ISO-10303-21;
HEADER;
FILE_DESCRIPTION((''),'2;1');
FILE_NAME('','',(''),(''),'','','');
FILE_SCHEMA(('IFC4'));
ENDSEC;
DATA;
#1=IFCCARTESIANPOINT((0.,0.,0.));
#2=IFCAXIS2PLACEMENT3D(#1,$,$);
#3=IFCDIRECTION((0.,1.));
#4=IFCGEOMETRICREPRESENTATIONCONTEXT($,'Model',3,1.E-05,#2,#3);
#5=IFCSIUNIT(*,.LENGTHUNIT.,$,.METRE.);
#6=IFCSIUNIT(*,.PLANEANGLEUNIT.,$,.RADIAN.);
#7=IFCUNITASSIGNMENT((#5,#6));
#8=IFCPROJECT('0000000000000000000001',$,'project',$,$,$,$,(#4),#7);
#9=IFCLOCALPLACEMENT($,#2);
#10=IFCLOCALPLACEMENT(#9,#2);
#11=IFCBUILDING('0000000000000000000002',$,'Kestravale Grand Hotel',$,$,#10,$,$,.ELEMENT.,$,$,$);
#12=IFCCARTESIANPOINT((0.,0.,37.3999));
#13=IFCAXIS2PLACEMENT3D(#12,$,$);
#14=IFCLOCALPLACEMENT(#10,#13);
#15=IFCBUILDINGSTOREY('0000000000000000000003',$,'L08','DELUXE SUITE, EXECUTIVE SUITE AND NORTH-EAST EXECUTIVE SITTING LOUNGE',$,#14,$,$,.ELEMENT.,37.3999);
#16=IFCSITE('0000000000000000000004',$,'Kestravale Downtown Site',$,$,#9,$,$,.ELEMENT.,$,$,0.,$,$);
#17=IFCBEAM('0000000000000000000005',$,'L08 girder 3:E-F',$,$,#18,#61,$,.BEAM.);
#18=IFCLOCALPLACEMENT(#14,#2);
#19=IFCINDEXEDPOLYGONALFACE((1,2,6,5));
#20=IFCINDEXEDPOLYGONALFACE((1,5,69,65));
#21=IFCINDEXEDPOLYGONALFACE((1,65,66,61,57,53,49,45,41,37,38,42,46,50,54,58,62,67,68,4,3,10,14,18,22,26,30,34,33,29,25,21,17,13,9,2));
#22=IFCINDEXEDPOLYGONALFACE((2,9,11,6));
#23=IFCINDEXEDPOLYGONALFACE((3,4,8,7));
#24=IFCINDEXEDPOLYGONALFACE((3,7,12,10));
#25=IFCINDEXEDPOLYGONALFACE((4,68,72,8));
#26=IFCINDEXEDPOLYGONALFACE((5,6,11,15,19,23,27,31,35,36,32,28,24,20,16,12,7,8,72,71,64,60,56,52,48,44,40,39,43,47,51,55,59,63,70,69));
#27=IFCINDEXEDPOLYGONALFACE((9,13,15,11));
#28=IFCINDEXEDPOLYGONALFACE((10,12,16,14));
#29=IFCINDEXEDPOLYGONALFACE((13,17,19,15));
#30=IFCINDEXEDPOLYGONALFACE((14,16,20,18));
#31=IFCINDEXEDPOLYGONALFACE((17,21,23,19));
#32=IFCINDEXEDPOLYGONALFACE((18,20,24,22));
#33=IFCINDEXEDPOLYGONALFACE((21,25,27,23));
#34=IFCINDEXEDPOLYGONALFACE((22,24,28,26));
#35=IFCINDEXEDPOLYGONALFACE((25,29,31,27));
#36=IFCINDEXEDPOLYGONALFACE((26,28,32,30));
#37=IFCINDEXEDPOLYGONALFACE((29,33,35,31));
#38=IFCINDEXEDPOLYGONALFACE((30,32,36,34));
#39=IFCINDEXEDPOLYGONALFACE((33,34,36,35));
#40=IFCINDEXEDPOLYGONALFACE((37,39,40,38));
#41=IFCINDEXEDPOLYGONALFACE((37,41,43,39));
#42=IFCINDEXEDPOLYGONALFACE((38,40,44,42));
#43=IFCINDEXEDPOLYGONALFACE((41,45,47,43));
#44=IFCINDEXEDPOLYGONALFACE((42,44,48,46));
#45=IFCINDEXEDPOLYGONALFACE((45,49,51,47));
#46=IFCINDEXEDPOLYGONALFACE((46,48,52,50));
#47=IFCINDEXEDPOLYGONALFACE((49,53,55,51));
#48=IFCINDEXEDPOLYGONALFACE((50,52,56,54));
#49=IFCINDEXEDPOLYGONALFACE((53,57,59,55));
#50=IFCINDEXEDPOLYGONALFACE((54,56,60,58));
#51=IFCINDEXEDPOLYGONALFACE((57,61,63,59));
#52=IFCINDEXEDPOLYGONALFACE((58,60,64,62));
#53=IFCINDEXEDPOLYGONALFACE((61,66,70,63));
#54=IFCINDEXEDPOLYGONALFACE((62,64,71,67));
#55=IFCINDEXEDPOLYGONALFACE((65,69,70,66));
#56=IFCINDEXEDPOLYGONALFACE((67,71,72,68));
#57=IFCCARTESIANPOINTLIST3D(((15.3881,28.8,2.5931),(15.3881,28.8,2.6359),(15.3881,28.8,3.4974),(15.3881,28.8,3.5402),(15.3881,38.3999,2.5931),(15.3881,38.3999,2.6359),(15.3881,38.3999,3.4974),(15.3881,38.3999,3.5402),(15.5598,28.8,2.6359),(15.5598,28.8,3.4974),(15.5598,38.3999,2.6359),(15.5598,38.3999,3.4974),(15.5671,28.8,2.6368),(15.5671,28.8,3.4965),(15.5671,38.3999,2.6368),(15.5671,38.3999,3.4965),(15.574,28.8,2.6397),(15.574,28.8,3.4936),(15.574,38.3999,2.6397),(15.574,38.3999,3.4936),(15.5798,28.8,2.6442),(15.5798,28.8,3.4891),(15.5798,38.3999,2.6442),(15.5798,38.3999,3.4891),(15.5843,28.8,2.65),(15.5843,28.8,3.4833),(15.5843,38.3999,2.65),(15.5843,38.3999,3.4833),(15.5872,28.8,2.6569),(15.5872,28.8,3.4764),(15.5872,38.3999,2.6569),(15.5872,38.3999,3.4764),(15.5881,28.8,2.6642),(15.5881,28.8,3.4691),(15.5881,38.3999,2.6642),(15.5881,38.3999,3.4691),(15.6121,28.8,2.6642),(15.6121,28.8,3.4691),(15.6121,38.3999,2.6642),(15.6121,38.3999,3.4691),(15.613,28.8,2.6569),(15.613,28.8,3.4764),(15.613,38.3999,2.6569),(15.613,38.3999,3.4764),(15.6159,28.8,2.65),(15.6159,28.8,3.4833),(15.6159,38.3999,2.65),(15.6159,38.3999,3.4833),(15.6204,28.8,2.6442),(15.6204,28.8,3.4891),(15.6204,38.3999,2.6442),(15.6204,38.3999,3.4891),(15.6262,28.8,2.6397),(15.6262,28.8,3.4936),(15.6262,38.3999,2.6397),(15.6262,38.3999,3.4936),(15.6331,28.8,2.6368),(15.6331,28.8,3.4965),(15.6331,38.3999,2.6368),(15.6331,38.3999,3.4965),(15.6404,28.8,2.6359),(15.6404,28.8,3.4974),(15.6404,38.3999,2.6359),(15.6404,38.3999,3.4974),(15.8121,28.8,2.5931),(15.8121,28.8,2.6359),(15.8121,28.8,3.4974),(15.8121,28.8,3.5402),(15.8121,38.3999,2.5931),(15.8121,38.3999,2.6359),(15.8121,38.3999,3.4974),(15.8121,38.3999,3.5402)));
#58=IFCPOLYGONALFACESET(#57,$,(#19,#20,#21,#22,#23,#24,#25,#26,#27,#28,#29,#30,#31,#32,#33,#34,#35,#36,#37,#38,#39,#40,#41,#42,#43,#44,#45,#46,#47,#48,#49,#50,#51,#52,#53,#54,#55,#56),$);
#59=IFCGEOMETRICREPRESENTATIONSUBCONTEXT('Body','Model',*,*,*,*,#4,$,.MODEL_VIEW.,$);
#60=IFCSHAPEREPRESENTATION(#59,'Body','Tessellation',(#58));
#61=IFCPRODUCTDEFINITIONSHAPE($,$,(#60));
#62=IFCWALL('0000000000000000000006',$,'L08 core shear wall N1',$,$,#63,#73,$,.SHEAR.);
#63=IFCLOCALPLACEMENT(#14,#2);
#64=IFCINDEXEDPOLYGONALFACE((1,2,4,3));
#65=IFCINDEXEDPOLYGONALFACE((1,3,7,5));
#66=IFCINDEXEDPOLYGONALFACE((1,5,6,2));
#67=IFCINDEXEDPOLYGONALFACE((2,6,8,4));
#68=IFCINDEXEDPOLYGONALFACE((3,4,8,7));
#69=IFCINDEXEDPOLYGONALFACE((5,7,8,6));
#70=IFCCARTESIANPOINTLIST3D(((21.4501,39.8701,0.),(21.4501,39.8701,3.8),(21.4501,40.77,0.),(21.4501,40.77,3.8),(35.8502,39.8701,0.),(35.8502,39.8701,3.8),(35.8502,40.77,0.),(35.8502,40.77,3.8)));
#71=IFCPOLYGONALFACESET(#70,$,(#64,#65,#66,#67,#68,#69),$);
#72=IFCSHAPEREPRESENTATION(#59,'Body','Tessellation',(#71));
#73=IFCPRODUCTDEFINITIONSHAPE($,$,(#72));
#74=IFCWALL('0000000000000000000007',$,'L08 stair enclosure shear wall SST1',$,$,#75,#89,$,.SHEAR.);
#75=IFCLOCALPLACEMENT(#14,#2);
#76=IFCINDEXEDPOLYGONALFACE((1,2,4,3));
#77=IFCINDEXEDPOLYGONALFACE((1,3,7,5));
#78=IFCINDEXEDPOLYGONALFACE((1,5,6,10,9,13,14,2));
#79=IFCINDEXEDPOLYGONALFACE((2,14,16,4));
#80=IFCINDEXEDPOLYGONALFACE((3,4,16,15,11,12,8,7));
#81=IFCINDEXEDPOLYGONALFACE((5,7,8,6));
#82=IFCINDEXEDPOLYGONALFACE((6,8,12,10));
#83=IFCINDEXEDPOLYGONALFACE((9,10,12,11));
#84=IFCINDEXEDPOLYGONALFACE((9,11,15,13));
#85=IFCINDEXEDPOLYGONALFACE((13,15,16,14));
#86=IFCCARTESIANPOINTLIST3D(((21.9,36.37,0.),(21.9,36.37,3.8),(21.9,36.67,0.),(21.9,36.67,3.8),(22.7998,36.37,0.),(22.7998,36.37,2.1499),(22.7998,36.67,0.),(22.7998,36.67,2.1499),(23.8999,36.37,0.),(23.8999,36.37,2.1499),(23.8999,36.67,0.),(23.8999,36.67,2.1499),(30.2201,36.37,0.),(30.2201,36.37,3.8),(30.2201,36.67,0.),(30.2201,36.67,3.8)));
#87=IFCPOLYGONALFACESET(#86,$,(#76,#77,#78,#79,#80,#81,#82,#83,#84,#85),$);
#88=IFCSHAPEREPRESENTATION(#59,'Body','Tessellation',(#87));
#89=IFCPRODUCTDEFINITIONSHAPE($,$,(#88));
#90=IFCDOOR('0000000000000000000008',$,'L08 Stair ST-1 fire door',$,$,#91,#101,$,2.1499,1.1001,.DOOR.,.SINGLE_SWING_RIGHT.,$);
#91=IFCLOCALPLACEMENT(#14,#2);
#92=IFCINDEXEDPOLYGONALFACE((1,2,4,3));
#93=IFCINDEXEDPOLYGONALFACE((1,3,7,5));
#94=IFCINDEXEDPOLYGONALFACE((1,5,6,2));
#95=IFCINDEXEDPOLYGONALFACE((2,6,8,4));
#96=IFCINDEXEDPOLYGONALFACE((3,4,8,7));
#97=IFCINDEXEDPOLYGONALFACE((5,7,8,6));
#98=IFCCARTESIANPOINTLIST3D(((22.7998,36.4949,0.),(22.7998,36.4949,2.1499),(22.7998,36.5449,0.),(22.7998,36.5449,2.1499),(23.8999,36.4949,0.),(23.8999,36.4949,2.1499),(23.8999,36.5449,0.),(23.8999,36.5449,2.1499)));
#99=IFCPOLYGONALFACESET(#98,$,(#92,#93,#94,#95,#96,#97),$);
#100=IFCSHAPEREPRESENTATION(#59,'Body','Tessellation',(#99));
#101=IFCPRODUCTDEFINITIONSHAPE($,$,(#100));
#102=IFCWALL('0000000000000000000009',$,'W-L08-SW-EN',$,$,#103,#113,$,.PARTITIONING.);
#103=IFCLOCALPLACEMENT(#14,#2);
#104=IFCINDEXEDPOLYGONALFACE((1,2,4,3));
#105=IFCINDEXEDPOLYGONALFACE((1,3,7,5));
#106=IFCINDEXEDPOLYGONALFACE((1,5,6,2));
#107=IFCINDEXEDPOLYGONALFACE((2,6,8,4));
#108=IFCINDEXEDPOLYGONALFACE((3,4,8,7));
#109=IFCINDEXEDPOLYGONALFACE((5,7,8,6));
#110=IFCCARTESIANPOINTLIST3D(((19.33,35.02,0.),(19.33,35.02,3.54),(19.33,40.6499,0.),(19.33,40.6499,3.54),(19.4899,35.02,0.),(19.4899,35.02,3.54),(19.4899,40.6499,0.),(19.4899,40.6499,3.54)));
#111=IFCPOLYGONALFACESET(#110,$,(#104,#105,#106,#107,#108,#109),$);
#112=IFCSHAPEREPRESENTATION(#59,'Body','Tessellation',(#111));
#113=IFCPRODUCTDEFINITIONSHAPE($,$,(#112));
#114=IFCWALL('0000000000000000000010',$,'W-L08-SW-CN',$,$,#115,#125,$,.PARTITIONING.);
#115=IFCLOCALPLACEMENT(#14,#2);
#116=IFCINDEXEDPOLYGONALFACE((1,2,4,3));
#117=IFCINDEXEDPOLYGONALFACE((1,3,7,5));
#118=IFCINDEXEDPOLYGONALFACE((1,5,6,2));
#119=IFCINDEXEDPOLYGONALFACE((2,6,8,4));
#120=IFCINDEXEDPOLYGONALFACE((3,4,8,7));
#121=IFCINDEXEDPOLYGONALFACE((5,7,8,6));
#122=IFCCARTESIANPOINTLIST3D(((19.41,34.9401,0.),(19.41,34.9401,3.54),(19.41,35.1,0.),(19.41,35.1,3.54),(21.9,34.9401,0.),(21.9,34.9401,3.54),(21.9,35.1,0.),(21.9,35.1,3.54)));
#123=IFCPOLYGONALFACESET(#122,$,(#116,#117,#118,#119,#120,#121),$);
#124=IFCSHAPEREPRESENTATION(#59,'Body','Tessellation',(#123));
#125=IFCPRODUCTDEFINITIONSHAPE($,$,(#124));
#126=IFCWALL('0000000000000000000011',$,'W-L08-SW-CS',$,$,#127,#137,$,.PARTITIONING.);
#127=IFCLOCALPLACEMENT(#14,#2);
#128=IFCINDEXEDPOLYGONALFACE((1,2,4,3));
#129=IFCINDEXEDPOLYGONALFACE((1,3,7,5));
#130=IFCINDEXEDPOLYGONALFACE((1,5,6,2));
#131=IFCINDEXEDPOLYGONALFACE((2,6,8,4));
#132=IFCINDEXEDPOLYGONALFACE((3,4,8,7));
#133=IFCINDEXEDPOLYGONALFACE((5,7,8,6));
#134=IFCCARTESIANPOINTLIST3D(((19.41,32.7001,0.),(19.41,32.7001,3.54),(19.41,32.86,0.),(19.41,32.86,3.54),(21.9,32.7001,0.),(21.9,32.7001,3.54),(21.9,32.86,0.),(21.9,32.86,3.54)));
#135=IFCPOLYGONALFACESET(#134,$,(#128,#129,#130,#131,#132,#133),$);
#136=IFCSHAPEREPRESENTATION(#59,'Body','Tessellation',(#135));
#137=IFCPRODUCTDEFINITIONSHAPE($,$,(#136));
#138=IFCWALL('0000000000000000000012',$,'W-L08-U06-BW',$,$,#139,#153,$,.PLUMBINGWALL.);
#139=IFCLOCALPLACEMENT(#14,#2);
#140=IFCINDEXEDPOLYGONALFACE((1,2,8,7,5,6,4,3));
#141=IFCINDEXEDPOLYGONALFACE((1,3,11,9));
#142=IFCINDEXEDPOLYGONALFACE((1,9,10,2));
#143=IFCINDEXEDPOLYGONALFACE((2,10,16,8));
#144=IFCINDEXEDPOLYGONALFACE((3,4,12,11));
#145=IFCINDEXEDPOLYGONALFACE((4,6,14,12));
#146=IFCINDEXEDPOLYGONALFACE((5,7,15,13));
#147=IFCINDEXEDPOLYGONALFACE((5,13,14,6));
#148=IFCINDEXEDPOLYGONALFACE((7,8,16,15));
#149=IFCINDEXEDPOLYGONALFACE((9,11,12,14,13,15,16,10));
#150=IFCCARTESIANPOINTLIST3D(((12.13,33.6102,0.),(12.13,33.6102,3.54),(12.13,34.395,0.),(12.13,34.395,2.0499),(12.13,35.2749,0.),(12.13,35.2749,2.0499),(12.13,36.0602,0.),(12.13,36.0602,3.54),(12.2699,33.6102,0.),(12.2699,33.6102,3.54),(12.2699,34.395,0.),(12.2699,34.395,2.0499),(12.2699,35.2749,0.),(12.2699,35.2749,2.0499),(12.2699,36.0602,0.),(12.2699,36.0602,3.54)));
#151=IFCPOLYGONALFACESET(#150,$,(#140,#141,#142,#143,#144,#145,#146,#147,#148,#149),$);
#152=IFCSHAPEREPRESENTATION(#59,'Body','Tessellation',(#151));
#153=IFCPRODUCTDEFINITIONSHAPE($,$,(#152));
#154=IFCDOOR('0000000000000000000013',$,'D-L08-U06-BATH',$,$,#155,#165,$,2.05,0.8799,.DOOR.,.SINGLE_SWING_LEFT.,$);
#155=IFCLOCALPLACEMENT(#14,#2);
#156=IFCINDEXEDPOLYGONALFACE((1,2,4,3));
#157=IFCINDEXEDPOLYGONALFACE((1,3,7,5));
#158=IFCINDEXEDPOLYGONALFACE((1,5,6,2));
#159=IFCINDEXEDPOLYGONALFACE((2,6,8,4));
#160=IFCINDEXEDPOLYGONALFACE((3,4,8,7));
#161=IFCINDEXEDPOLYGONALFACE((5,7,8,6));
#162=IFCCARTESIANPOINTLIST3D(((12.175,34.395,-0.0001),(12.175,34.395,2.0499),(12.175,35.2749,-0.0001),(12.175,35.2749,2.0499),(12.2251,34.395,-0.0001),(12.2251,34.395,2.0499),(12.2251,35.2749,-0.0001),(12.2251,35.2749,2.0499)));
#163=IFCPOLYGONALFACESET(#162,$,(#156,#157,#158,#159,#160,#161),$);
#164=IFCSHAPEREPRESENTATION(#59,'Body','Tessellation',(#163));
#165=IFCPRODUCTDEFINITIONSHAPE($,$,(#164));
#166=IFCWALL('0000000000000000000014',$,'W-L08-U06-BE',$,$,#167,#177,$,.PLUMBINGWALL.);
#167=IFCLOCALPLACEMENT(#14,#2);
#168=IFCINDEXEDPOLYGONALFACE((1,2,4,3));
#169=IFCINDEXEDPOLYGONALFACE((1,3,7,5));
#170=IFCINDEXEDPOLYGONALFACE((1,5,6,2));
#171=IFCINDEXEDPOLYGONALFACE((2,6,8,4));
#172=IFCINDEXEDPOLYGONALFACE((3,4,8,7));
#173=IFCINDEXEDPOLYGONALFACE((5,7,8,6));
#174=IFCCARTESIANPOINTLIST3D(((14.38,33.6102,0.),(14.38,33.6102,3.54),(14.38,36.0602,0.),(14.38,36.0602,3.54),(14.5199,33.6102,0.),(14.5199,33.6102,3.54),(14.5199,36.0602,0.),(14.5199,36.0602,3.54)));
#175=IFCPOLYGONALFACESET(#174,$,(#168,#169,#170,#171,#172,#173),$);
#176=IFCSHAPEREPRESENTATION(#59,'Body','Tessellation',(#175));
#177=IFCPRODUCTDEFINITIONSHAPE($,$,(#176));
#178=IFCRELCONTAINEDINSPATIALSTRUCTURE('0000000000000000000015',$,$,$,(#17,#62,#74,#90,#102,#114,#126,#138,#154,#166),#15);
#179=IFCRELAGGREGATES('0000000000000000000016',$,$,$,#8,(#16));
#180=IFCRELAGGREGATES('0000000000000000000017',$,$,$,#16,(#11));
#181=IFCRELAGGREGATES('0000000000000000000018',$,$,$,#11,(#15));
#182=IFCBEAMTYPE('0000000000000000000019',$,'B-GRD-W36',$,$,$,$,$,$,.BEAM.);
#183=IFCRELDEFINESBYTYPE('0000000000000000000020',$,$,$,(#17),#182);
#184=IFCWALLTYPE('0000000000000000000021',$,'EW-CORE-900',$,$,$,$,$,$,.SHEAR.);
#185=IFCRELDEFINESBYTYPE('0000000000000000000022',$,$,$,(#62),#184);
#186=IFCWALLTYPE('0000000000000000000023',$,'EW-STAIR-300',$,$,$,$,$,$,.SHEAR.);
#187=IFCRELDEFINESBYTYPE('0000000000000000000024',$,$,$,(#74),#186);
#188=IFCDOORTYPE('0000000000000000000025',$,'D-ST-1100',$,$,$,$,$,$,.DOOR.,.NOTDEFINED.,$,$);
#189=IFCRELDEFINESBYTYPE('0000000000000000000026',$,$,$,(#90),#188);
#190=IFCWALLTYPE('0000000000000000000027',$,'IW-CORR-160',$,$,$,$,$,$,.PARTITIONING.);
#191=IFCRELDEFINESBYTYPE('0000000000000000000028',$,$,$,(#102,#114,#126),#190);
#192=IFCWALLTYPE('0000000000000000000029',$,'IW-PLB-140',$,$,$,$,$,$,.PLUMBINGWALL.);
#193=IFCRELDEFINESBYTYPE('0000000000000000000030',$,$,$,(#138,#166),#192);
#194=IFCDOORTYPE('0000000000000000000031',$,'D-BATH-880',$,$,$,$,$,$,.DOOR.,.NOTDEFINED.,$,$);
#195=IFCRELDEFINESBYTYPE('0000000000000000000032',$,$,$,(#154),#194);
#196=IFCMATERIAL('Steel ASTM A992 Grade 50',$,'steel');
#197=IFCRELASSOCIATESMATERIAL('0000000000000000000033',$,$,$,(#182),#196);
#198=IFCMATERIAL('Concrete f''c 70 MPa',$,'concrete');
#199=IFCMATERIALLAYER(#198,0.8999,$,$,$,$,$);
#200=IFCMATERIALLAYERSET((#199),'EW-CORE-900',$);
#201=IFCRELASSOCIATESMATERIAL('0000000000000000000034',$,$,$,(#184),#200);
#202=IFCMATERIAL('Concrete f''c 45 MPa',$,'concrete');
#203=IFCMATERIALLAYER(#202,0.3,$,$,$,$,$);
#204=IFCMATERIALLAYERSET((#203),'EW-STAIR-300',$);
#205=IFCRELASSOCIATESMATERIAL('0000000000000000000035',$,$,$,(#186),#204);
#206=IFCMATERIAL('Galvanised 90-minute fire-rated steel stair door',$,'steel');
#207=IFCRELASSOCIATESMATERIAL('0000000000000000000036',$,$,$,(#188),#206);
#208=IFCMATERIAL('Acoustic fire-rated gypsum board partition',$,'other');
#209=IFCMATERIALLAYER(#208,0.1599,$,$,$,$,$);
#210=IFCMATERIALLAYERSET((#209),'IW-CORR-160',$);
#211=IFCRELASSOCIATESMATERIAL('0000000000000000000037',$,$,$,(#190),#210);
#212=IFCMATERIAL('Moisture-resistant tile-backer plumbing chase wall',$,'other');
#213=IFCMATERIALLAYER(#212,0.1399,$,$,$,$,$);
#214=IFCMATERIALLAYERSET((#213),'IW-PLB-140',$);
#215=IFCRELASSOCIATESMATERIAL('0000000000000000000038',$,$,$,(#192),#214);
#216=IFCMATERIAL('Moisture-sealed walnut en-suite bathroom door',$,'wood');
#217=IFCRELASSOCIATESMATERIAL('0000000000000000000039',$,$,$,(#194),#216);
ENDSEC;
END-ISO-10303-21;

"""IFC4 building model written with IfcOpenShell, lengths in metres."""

from ifc_helpers import new_model, si_unit, direction, frame, frame_2d, origin, origin_2d, place, context, subcontext, project, spatial, rectangle, i_section, extrude, material, layer, layer_set, material_profile, profile_set, type_object, element, fill, save


model = new_model("IFC4")

# Units and contexts
model_context = context("Model", 3, precision=1e-05, world=origin(), true_north=direction((0.0, 1.0)))
body_context = subcontext(model_context, "Body", "Model", "MODEL_VIEW")
ifc_project = project(units=[si_unit("LENGTHUNIT", "METRE"), si_unit("PLANEANGLEUNIT", "RADIAN")], contexts=[model_context])

# Site, building, storey
site_placement = place(None, origin())
site = spatial("IfcSite", under=ifc_project, at=site_placement, Name="Kestravale Downtown Site", CompositionType="ELEMENT", RefElevation=0.0)
building_placement = place(site_placement, origin())
building = spatial("IfcBuilding", under=site, at=building_placement, Name="Kestravale Grand Hotel", CompositionType="ELEMENT")
storey_placement = place(building_placement, frame((0.0, 0.0, 37.3999)))
storey = spatial("IfcBuildingStorey", under=building, at=storey_placement, Name="L08", Description="DELUXE SUITE, EXECUTIVE SUITE AND NORTH-EAST EXECUTIVE SITTING LOUNGE", CompositionType="ELEMENT", Elevation=37.3999)

# Beam
ifc_material_1 = material(Name="Steel ASTM A992 Grade 50", Category="steel")
ifc_material_profile_1 = material_profile(ifc_material_1, i_section(OverallWidth=0.4241, OverallDepth=0.947, WebThickness=0.0239, FlangeThickness=0.0427, FilletRadius=0.0283, at=origin_2d()))
ifc_profile_set_1 = profile_set([ifc_material_profile_1], Name="Steel ASTM A992 Grade 50")
beam_type_1 = type_object("IfcBeamType", Name="B-GRD-W36", PredefinedType="BEAM", material=ifc_profile_set_1)
beam_1_placement = place(storey_placement, frame((15.6001, 28.8, 3.0667), z_axis=(0.0, 1.0, 0.0), x_axis=(-1.0, 0.0, 0.0)))
element("IfcBeam", 1, at=beam_1_placement, inside=storey, type_object=beam_type_1, Name="L08 girder 3:E-F", PredefinedType="BEAM", context=body_context, shape_type="SweptSolid", body=[
    extrude(i_section(OverallWidth=0.4241, OverallDepth=0.947, WebThickness=0.0239, FlangeThickness=0.0427, FilletRadius=0.0283, at=origin_2d()), origin(), (0.0, 0.0, 1.0), 9.5999),
])

# Wall
ifc_material_2 = material(Name="Concrete f'c 70 MPa", Category="concrete")
ifc_layer_1 = layer(ifc_material_2, 0.8999)
ifc_layer_set_1 = layer_set([ifc_layer_1], Name="EW-CORE-900")
wall_type_1 = type_object("IfcWallType", Name="EW-CORE-900", PredefinedType="SHEAR", material=ifc_layer_set_1)
wall_1_placement = place(storey_placement, frame((21.45, 40.3201, 0.0), z_axis=(0.0, 0.0, 1.0), x_axis=(1.0, 0.0, 0.0)))
element("IfcWall", 2, at=wall_1_placement, inside=storey, type_object=wall_type_1, Name="L08 core shear wall N1", PredefinedType="SHEAR", context=body_context, shape_type="SweptSolid", body=[
    extrude(rectangle(XDim=14.4001, YDim=0.8999, at=frame_2d((7.2002, 0.0))), origin(), (0.0, 0.0, 1.0), 3.8),
])

# Wall, opening, door
ifc_material_3 = material(Name="Concrete f'c 45 MPa", Category="concrete")
ifc_layer_2 = layer(ifc_material_3, 0.3)
ifc_layer_set_2 = layer_set([ifc_layer_2], Name="EW-STAIR-300")
wall_type_2 = type_object("IfcWallType", Name="EW-STAIR-300", PredefinedType="SHEAR", material=ifc_layer_set_2)
wall_2_placement = place(storey_placement, frame((21.8999, 36.52, 0.0), z_axis=(0.0, 0.0, 1.0), x_axis=(1.0, 0.0, 0.0)))
wall_2 = element("IfcWall", 3, at=wall_2_placement, inside=storey, type_object=wall_type_2, Name="L08 stair enclosure shear wall SST1", PredefinedType="SHEAR", context=body_context, shape_type="SweptSolid", body=[
    extrude(rectangle(XDim=8.3201, YDim=0.3, at=frame_2d((4.1602, 0.0))), origin(), (0.0, 0.0, 1.0), 3.8),
])
opening_1_placement = place(wall_2_placement, frame((0.8999, 0.0, 0.0)))
opening_1 = element("IfcOpeningElement", 4, at=opening_1_placement, cuts=wall_2, PredefinedType="OPENING", context=body_context, shape_type="SweptSolid", body=[
    extrude(rectangle(XDim=1.1001, YDim=2.1499, at=frame_2d((0.55, 1.075))), frame((0.0, 0.1599, 0.0), z_axis=(0.0, -1.0, 0.0), x_axis=(1.0, 0.0, 0.0)), (0.0, 0.0, 1.0), 0.3201),
])
ifc_material_4 = material(Name="Galvanised 90-minute fire-rated steel stair door", Category="steel")
door_type_1 = type_object("IfcDoorType", Name="D-ST-1100", OperationType="NOTDEFINED", PredefinedType="DOOR", material=ifc_material_4)
door_1_placement = place(opening_1_placement, origin())
door_1 = element("IfcDoor", 5, at=door_1_placement, inside=storey, type_object=door_type_1, Name="L08 Stair ST-1 fire door", OperationType="SINGLE_SWING_RIGHT", OverallHeight=2.1499, OverallWidth=1.1001, PredefinedType="DOOR", context=body_context, shape_type="SweptSolid", body=[
    extrude(rectangle(XDim=1.1001, YDim=2.1499, at=frame_2d((0.55, 1.075))), frame((0.0, 0.0249, 0.0), z_axis=(0.0, -1.0, 0.0), x_axis=(1.0, 0.0, 0.0)), (0.0, 0.0, 1.0), 0.05),
])
fill(opening_1, door_1)

# Walls
ifc_material_5 = material(Name="Acoustic fire-rated gypsum board partition", Category="other")
ifc_layer_3 = layer(ifc_material_5, 0.1599)
ifc_layer_set_3 = layer_set([ifc_layer_3], Name="IW-CORR-160")
wall_type_3 = type_object("IfcWallType", Name="IW-CORR-160", PredefinedType="PARTITIONING", material=ifc_layer_set_3)
wall_3_placement = place(storey_placement, frame((19.4099, 35.02, 0.0), z_axis=(0.0, 0.0, 1.0), x_axis=(0.0, 1.0, 0.0)))
element("IfcWall", 6, at=wall_3_placement, inside=storey, type_object=wall_type_3, Name="W-L08-SW-EN", PredefinedType="PARTITIONING", context=body_context, shape_type="SweptSolid", body=[
    extrude(rectangle(XDim=5.6299, YDim=0.1599, at=frame_2d((2.8149, 0.0))), origin(), (0.0, 0.0, 1.0), 3.54),
])
for number, where, z_axis, x_axis, name in (
    (7, (19.4099, 35.02, 0.0), (0.0, 0.0, 1.0), (1.0, 0.0, 0.0), "W-L08-SW-CN"),
    (8, (19.4099, 32.78, 0.0), (0.0, 0.0, 1.0), (1.0, 0.0, 0.0), "W-L08-SW-CS"),
):
    element("IfcWall", number, at=place(storey_placement, frame(where, z_axis=z_axis, x_axis=x_axis)), inside=storey, type_object=wall_type_3, Name=name, PredefinedType="PARTITIONING", context=body_context, shape_type="SweptSolid", body=[
        extrude(rectangle(XDim=2.49, YDim=0.1599, at=frame_2d((1.2451, 0.0))), origin(), (0.0, 0.0, 1.0), 3.54),
    ])

# Wall, opening, door
ifc_material_6 = material(Name="Moisture-resistant tile-backer plumbing chase wall", Category="other")
ifc_layer_4 = layer(ifc_material_6, 0.1399)
ifc_layer_set_4 = layer_set([ifc_layer_4], Name="IW-PLB-140")
wall_type_4 = type_object("IfcWallType", Name="IW-PLB-140", PredefinedType="PLUMBINGWALL", material=ifc_layer_set_4)
wall_4_placement = place(storey_placement, frame((12.2, 33.6101, 0.0), z_axis=(0.0, 0.0, 1.0), x_axis=(0.0, 1.0, 0.0)))
wall_4 = element("IfcWall", 9, at=wall_4_placement, inside=storey, type_object=wall_type_4, Name="W-L08-U06-BW", PredefinedType="PLUMBINGWALL", context=body_context, shape_type="SweptSolid", body=[
    extrude(rectangle(XDim=2.45, YDim=0.1399, at=frame_2d((1.2251, 0.0))), origin(), (0.0, 0.0, 1.0), 3.54),
])
opening_2_placement = place(wall_4_placement, frame((0.7849, 0.0, 0.0)))
opening_2 = element("IfcOpeningElement", 10, at=opening_2_placement, cuts=wall_4, PredefinedType="OPENING", context=body_context, shape_type="SweptSolid", body=[
    extrude(rectangle(XDim=0.8799, YDim=2.05, at=frame_2d((0.4399, 1.0249))), frame((0.0, 0.0798, 0.0), z_axis=(0.0, -1.0, 0.0), x_axis=(1.0, 0.0, 0.0)), (0.0, 0.0, 1.0), 0.1599),
])
ifc_material_7 = material(Name="Moisture-sealed walnut en-suite bathroom door", Category="wood")
door_type_2 = type_object("IfcDoorType", Name="D-BATH-880", OperationType="NOTDEFINED", PredefinedType="DOOR", material=ifc_material_7)
door_2_placement = place(opening_2_placement, origin())
door_2 = element("IfcDoor", 11, at=door_2_placement, inside=storey, type_object=door_type_2, Name="D-L08-U06-BATH", OperationType="SINGLE_SWING_LEFT", OverallHeight=2.05, OverallWidth=0.8799, PredefinedType="DOOR", context=body_context, shape_type="SweptSolid", body=[
    extrude(rectangle(XDim=0.8799, YDim=2.05, at=frame_2d((0.4399, 1.0249))), frame((0.0, 0.0249, 0.0), z_axis=(0.0, -1.0, 0.0), x_axis=(1.0, 0.0, 0.0)), (0.0, 0.0, 1.0), 0.05),
])
fill(opening_2, door_2)

# Wall
wall_5_placement = place(storey_placement, frame((14.45, 33.6101, 0.0), z_axis=(0.0, 0.0, 1.0), x_axis=(0.0, 1.0, 0.0)))
element("IfcWall", 12, at=wall_5_placement, inside=storey, type_object=wall_type_4, Name="W-L08-U06-BE", PredefinedType="PLUMBINGWALL", context=body_context, shape_type="SweptSolid", body=[
    extrude(rectangle(XDim=2.45, YDim=0.1399, at=frame_2d((1.2251, 0.0))), origin(), (0.0, 0.0, 1.0), 3.54),
])

save(model, "model.ifc")
